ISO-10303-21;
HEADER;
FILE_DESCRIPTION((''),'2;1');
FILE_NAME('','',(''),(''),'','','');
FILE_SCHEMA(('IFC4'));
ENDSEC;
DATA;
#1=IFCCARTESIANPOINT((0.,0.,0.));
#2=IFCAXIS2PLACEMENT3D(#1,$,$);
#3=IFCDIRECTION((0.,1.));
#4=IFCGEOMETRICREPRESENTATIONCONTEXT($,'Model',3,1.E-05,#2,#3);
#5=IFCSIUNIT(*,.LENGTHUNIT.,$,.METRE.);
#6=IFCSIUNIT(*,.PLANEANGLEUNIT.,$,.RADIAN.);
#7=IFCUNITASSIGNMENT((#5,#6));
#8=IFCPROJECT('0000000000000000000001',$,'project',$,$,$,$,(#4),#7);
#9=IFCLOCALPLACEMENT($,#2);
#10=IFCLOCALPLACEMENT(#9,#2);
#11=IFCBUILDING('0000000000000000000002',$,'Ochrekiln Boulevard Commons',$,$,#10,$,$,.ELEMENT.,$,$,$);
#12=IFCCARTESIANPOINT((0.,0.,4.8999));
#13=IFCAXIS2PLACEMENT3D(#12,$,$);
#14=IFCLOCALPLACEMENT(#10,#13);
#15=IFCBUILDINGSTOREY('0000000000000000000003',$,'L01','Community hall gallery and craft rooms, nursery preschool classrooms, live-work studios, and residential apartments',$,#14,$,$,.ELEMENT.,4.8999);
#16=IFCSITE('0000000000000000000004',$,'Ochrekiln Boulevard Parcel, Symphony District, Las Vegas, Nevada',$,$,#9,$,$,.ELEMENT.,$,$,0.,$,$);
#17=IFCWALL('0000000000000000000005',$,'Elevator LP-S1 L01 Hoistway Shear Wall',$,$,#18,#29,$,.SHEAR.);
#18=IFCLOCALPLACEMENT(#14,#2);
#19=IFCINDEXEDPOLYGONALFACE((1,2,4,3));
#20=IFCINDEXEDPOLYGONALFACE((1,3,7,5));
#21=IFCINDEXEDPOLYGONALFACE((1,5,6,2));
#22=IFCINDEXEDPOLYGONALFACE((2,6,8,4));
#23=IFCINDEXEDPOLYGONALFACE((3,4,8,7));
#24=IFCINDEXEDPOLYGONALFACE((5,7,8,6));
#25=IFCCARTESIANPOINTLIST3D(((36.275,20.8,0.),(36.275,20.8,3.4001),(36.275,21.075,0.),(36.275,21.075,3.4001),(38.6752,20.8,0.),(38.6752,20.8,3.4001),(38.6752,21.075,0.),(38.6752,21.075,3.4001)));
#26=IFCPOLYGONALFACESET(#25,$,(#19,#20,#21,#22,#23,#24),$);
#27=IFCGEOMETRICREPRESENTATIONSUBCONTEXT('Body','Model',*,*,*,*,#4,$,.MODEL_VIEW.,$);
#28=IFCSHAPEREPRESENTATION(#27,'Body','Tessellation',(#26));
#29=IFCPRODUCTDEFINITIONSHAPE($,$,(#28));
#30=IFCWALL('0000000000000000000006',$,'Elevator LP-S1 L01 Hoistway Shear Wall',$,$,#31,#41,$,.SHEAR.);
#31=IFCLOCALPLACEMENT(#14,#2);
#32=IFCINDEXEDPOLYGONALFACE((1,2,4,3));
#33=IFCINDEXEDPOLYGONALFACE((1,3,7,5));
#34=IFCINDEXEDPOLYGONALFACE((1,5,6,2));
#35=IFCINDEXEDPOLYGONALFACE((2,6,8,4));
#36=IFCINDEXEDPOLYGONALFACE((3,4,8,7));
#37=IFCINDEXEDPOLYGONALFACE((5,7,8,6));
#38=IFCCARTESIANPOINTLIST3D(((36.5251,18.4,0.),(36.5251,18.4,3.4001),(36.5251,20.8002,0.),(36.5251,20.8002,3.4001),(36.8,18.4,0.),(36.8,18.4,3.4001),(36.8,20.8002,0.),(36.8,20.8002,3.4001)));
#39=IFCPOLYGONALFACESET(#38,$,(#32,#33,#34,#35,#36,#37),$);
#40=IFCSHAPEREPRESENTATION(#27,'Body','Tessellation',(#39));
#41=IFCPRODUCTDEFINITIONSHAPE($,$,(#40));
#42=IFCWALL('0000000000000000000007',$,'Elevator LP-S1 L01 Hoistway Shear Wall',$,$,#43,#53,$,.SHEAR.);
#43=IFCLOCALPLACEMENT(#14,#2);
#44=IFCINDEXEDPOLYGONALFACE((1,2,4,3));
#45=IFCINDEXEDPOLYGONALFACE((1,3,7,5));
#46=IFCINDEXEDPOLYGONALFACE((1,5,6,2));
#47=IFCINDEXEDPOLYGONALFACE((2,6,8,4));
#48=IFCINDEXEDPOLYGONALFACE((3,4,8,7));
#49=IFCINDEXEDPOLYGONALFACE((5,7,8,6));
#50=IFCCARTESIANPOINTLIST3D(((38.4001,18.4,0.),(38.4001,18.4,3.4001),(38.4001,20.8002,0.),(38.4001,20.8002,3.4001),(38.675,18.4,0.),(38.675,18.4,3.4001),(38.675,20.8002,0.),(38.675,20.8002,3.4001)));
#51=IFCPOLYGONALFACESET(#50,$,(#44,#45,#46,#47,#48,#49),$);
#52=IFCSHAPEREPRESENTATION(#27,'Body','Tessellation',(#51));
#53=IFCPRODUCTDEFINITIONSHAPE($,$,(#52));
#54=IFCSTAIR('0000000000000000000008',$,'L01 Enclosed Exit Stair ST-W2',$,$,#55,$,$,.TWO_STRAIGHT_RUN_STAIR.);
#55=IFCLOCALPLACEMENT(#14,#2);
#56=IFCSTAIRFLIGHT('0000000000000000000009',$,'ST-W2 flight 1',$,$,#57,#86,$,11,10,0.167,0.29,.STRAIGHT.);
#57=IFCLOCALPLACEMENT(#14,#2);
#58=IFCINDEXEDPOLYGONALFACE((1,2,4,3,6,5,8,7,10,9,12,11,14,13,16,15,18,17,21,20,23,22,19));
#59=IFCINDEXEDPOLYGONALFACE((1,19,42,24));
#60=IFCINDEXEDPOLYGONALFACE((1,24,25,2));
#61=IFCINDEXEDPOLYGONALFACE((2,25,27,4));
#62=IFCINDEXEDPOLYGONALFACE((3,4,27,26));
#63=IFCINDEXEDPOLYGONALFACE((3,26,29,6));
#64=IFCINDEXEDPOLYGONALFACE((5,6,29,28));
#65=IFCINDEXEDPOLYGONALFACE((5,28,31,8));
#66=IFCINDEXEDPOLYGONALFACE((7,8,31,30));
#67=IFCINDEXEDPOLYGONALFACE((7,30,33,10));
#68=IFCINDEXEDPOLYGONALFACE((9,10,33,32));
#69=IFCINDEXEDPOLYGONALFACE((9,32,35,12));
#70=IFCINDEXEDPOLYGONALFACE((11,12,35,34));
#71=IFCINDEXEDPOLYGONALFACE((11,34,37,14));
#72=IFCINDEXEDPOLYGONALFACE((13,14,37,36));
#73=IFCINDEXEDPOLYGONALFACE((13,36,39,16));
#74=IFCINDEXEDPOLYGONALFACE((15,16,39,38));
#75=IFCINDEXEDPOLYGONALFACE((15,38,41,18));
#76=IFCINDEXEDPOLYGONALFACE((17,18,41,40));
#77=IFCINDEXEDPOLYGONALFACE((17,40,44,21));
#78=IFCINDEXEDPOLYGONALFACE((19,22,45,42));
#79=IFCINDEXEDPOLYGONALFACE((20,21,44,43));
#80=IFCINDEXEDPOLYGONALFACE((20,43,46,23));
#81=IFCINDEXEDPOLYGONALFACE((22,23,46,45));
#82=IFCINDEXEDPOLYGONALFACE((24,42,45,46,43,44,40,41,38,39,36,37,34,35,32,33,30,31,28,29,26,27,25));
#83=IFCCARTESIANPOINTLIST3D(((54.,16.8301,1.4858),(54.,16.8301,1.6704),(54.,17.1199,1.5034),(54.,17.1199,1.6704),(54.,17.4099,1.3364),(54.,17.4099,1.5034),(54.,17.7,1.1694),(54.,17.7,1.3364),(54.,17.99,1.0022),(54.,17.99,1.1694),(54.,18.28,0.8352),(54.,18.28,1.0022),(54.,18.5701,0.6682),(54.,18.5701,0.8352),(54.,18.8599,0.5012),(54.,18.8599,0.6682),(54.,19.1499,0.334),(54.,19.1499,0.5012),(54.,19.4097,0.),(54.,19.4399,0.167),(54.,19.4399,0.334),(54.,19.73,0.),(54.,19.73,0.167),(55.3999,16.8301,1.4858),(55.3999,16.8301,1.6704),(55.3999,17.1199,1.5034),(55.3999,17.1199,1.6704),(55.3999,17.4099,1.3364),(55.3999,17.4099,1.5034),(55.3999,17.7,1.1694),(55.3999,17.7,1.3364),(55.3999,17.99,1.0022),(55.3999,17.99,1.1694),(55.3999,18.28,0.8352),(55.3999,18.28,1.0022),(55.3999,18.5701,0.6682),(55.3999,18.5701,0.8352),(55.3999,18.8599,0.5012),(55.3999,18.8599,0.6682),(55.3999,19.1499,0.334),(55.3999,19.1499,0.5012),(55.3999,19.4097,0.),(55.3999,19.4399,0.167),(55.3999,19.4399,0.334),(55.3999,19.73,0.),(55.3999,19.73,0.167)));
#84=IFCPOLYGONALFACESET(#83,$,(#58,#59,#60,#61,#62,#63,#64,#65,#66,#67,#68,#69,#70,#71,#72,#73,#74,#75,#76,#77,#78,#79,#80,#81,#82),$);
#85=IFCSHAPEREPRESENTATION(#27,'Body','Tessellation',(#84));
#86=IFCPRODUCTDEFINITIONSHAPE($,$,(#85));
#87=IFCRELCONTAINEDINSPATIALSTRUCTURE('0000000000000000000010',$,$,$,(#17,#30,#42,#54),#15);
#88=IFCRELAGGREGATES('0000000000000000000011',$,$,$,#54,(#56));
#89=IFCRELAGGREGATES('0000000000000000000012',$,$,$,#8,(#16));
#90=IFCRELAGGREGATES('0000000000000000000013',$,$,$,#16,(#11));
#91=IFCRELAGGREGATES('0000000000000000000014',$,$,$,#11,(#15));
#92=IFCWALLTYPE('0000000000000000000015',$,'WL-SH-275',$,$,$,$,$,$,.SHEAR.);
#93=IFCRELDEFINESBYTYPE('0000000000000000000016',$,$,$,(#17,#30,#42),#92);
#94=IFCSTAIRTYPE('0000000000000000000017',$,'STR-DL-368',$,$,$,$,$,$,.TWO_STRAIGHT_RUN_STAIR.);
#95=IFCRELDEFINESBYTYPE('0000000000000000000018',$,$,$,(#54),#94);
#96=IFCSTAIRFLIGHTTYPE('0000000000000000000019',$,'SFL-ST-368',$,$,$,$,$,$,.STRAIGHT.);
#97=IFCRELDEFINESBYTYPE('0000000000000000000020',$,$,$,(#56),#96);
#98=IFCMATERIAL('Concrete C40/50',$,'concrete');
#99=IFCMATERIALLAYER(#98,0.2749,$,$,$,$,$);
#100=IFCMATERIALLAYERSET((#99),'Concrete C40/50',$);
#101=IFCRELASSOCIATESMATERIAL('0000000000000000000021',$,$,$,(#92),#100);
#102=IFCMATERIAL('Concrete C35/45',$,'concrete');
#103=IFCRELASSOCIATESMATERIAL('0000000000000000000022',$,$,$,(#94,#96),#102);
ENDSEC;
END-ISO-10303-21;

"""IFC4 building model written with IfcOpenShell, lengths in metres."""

from ifc_helpers import new_model, si_unit, direction, frame, frame_2d, origin, place, context, subcontext, project, spatial, polyline, rectangle, outline, extrude, material, layer, layer_set, type_object, element, aggregate, save


model = new_model("IFC4")

# Units and contexts
model_context = context("Model", 3, precision=1e-05, world=origin(), true_north=direction((0.0, 1.0)))
body_context = subcontext(model_context, "Body", "Model", "MODEL_VIEW")
ifc_project = project(units=[si_unit("LENGTHUNIT", "METRE"), si_unit("PLANEANGLEUNIT", "RADIAN")], contexts=[model_context])

# Site, building, storey
site_placement = place(None, origin())
site = spatial("IfcSite", under=ifc_project, at=site_placement, Name="Ochrekiln Boulevard Parcel, Symphony District, Las Vegas, Nevada", CompositionType="ELEMENT", RefElevation=0.0)
building_placement = place(site_placement, origin())
building = spatial("IfcBuilding", under=site, at=building_placement, Name="Ochrekiln Boulevard Commons", CompositionType="ELEMENT")
storey_placement = place(building_placement, frame((0.0, 0.0, 4.8999)))
storey = spatial("IfcBuildingStorey", under=building, at=storey_placement, Name="L01", Description="Community hall gallery and craft rooms, nursery preschool classrooms, live-work studios, and residential apartments", CompositionType="ELEMENT", Elevation=4.8999)

# Shared definitions
ifc_material_1 = material(Name="Concrete C35/45", Category="concrete")

# Shared definitions
ifc_material_2 = material(Name="Concrete C40/50", Category="concrete")

# Shared definitions
ifc_layer_1 = layer(ifc_material_2, 0.2749)
ifc_layer_set_1 = layer_set([ifc_layer_1], Name="Concrete C40/50")
wall_type_1 = type_object("IfcWallType", Name="WL-SH-275", PredefinedType="SHEAR", material=ifc_layer_set_1)

# Walls
for number, where, z_axis, x_axis, name in (
    (1, (36.2749, 20.9375, 0.0), (0.0, 0.0, 1.0), (1.0, 0.0, 0.0), "Elevator LP-S1 L01 Hoistway Shear Wall"),
    (2, (36.6626, 18.3999, 0.0), (0.0, 0.0, 1.0), (0.0, 1.0, 0.0), "Elevator LP-S1 L01 Hoistway Shear Wall"),
    (3, (38.5376, 18.3999, 0.0), (0.0, 0.0, 1.0), (0.0, 1.0, 0.0), "Elevator LP-S1 L01 Hoistway Shear Wall"),
):
    element("IfcWall", number, at=place(storey_placement, frame(where, z_axis=z_axis, x_axis=x_axis)), inside=storey, type_object=wall_type_1, Name=name, PredefinedType="SHEAR", context=body_context, shape_type="SweptSolid", body=[
        extrude(rectangle(XDim=2.4001, YDim=0.2749, at=frame_2d((1.2002, 0.0))), origin(), (0.0, 0.0, 1.0), 3.4001),
    ])

# Stair, stair flight
stair_type = type_object("IfcStairType", Name="STR-DL-368", PredefinedType="TWO_STRAIGHT_RUN_STAIR", material=ifc_material_1)
stair_placement = place(storey_placement, origin())
stair = element("IfcStair", 4, at=stair_placement, inside=storey, type_object=stair_type, Name="L01 Enclosed Exit Stair ST-W2", PredefinedType="TWO_STRAIGHT_RUN_STAIR")
stair_flight_type = type_object("IfcStairFlightType", Name="SFL-ST-368", PredefinedType="STRAIGHT", material=ifc_material_1)
stair_flight_placement = place(storey_placement, frame((54.7, 19.73, 0.0), z_axis=(0.0, 0.0, 1.0), x_axis=(0.0, -1.0, 0.0)))
stair_flight = element("IfcStairFlight", 5, at=stair_flight_placement, type_object=stair_flight_type, Name="ST-W2 flight 1", NumberOfRisers=11, NumberOfTreads=10, PredefinedType="STRAIGHT", RiserHeight=0.167, TreadLength=0.29, context=body_context, shape_type="SweptSolid", body=[
    extrude(outline(polyline([(0.0, 0.0), (0.0, 0.167), (0.29, 0.167), (0.29, 0.334), (0.5801, 0.334), (0.5801, 0.5012), (0.8701, 0.5012), (0.8701, 0.6682), (1.1599, 0.6682), (1.1599, 0.8352), (1.45, 0.8352), (1.45, 1.0022), (1.74, 1.0022), (1.74, 1.1694), (2.03, 1.1694), (2.03, 1.3364), (2.3201, 1.3364), (2.3201, 1.5034), (2.6101, 1.5034), (2.6101, 1.6704), (2.8999, 1.6704), (2.8999, 1.8374), (2.8999, 1.4858), (0.3203, 0.0), (0.0, 0.0)])), frame((0.0, 0.7, 0.0), z_axis=(0.0, -1.0, 0.0), x_axis=(1.0, 0.0, 0.0)), (0.0, 0.0, 1.0), 1.3999),
])
aggregate(stair, [stair_flight])

save(model, "model.ifc")
